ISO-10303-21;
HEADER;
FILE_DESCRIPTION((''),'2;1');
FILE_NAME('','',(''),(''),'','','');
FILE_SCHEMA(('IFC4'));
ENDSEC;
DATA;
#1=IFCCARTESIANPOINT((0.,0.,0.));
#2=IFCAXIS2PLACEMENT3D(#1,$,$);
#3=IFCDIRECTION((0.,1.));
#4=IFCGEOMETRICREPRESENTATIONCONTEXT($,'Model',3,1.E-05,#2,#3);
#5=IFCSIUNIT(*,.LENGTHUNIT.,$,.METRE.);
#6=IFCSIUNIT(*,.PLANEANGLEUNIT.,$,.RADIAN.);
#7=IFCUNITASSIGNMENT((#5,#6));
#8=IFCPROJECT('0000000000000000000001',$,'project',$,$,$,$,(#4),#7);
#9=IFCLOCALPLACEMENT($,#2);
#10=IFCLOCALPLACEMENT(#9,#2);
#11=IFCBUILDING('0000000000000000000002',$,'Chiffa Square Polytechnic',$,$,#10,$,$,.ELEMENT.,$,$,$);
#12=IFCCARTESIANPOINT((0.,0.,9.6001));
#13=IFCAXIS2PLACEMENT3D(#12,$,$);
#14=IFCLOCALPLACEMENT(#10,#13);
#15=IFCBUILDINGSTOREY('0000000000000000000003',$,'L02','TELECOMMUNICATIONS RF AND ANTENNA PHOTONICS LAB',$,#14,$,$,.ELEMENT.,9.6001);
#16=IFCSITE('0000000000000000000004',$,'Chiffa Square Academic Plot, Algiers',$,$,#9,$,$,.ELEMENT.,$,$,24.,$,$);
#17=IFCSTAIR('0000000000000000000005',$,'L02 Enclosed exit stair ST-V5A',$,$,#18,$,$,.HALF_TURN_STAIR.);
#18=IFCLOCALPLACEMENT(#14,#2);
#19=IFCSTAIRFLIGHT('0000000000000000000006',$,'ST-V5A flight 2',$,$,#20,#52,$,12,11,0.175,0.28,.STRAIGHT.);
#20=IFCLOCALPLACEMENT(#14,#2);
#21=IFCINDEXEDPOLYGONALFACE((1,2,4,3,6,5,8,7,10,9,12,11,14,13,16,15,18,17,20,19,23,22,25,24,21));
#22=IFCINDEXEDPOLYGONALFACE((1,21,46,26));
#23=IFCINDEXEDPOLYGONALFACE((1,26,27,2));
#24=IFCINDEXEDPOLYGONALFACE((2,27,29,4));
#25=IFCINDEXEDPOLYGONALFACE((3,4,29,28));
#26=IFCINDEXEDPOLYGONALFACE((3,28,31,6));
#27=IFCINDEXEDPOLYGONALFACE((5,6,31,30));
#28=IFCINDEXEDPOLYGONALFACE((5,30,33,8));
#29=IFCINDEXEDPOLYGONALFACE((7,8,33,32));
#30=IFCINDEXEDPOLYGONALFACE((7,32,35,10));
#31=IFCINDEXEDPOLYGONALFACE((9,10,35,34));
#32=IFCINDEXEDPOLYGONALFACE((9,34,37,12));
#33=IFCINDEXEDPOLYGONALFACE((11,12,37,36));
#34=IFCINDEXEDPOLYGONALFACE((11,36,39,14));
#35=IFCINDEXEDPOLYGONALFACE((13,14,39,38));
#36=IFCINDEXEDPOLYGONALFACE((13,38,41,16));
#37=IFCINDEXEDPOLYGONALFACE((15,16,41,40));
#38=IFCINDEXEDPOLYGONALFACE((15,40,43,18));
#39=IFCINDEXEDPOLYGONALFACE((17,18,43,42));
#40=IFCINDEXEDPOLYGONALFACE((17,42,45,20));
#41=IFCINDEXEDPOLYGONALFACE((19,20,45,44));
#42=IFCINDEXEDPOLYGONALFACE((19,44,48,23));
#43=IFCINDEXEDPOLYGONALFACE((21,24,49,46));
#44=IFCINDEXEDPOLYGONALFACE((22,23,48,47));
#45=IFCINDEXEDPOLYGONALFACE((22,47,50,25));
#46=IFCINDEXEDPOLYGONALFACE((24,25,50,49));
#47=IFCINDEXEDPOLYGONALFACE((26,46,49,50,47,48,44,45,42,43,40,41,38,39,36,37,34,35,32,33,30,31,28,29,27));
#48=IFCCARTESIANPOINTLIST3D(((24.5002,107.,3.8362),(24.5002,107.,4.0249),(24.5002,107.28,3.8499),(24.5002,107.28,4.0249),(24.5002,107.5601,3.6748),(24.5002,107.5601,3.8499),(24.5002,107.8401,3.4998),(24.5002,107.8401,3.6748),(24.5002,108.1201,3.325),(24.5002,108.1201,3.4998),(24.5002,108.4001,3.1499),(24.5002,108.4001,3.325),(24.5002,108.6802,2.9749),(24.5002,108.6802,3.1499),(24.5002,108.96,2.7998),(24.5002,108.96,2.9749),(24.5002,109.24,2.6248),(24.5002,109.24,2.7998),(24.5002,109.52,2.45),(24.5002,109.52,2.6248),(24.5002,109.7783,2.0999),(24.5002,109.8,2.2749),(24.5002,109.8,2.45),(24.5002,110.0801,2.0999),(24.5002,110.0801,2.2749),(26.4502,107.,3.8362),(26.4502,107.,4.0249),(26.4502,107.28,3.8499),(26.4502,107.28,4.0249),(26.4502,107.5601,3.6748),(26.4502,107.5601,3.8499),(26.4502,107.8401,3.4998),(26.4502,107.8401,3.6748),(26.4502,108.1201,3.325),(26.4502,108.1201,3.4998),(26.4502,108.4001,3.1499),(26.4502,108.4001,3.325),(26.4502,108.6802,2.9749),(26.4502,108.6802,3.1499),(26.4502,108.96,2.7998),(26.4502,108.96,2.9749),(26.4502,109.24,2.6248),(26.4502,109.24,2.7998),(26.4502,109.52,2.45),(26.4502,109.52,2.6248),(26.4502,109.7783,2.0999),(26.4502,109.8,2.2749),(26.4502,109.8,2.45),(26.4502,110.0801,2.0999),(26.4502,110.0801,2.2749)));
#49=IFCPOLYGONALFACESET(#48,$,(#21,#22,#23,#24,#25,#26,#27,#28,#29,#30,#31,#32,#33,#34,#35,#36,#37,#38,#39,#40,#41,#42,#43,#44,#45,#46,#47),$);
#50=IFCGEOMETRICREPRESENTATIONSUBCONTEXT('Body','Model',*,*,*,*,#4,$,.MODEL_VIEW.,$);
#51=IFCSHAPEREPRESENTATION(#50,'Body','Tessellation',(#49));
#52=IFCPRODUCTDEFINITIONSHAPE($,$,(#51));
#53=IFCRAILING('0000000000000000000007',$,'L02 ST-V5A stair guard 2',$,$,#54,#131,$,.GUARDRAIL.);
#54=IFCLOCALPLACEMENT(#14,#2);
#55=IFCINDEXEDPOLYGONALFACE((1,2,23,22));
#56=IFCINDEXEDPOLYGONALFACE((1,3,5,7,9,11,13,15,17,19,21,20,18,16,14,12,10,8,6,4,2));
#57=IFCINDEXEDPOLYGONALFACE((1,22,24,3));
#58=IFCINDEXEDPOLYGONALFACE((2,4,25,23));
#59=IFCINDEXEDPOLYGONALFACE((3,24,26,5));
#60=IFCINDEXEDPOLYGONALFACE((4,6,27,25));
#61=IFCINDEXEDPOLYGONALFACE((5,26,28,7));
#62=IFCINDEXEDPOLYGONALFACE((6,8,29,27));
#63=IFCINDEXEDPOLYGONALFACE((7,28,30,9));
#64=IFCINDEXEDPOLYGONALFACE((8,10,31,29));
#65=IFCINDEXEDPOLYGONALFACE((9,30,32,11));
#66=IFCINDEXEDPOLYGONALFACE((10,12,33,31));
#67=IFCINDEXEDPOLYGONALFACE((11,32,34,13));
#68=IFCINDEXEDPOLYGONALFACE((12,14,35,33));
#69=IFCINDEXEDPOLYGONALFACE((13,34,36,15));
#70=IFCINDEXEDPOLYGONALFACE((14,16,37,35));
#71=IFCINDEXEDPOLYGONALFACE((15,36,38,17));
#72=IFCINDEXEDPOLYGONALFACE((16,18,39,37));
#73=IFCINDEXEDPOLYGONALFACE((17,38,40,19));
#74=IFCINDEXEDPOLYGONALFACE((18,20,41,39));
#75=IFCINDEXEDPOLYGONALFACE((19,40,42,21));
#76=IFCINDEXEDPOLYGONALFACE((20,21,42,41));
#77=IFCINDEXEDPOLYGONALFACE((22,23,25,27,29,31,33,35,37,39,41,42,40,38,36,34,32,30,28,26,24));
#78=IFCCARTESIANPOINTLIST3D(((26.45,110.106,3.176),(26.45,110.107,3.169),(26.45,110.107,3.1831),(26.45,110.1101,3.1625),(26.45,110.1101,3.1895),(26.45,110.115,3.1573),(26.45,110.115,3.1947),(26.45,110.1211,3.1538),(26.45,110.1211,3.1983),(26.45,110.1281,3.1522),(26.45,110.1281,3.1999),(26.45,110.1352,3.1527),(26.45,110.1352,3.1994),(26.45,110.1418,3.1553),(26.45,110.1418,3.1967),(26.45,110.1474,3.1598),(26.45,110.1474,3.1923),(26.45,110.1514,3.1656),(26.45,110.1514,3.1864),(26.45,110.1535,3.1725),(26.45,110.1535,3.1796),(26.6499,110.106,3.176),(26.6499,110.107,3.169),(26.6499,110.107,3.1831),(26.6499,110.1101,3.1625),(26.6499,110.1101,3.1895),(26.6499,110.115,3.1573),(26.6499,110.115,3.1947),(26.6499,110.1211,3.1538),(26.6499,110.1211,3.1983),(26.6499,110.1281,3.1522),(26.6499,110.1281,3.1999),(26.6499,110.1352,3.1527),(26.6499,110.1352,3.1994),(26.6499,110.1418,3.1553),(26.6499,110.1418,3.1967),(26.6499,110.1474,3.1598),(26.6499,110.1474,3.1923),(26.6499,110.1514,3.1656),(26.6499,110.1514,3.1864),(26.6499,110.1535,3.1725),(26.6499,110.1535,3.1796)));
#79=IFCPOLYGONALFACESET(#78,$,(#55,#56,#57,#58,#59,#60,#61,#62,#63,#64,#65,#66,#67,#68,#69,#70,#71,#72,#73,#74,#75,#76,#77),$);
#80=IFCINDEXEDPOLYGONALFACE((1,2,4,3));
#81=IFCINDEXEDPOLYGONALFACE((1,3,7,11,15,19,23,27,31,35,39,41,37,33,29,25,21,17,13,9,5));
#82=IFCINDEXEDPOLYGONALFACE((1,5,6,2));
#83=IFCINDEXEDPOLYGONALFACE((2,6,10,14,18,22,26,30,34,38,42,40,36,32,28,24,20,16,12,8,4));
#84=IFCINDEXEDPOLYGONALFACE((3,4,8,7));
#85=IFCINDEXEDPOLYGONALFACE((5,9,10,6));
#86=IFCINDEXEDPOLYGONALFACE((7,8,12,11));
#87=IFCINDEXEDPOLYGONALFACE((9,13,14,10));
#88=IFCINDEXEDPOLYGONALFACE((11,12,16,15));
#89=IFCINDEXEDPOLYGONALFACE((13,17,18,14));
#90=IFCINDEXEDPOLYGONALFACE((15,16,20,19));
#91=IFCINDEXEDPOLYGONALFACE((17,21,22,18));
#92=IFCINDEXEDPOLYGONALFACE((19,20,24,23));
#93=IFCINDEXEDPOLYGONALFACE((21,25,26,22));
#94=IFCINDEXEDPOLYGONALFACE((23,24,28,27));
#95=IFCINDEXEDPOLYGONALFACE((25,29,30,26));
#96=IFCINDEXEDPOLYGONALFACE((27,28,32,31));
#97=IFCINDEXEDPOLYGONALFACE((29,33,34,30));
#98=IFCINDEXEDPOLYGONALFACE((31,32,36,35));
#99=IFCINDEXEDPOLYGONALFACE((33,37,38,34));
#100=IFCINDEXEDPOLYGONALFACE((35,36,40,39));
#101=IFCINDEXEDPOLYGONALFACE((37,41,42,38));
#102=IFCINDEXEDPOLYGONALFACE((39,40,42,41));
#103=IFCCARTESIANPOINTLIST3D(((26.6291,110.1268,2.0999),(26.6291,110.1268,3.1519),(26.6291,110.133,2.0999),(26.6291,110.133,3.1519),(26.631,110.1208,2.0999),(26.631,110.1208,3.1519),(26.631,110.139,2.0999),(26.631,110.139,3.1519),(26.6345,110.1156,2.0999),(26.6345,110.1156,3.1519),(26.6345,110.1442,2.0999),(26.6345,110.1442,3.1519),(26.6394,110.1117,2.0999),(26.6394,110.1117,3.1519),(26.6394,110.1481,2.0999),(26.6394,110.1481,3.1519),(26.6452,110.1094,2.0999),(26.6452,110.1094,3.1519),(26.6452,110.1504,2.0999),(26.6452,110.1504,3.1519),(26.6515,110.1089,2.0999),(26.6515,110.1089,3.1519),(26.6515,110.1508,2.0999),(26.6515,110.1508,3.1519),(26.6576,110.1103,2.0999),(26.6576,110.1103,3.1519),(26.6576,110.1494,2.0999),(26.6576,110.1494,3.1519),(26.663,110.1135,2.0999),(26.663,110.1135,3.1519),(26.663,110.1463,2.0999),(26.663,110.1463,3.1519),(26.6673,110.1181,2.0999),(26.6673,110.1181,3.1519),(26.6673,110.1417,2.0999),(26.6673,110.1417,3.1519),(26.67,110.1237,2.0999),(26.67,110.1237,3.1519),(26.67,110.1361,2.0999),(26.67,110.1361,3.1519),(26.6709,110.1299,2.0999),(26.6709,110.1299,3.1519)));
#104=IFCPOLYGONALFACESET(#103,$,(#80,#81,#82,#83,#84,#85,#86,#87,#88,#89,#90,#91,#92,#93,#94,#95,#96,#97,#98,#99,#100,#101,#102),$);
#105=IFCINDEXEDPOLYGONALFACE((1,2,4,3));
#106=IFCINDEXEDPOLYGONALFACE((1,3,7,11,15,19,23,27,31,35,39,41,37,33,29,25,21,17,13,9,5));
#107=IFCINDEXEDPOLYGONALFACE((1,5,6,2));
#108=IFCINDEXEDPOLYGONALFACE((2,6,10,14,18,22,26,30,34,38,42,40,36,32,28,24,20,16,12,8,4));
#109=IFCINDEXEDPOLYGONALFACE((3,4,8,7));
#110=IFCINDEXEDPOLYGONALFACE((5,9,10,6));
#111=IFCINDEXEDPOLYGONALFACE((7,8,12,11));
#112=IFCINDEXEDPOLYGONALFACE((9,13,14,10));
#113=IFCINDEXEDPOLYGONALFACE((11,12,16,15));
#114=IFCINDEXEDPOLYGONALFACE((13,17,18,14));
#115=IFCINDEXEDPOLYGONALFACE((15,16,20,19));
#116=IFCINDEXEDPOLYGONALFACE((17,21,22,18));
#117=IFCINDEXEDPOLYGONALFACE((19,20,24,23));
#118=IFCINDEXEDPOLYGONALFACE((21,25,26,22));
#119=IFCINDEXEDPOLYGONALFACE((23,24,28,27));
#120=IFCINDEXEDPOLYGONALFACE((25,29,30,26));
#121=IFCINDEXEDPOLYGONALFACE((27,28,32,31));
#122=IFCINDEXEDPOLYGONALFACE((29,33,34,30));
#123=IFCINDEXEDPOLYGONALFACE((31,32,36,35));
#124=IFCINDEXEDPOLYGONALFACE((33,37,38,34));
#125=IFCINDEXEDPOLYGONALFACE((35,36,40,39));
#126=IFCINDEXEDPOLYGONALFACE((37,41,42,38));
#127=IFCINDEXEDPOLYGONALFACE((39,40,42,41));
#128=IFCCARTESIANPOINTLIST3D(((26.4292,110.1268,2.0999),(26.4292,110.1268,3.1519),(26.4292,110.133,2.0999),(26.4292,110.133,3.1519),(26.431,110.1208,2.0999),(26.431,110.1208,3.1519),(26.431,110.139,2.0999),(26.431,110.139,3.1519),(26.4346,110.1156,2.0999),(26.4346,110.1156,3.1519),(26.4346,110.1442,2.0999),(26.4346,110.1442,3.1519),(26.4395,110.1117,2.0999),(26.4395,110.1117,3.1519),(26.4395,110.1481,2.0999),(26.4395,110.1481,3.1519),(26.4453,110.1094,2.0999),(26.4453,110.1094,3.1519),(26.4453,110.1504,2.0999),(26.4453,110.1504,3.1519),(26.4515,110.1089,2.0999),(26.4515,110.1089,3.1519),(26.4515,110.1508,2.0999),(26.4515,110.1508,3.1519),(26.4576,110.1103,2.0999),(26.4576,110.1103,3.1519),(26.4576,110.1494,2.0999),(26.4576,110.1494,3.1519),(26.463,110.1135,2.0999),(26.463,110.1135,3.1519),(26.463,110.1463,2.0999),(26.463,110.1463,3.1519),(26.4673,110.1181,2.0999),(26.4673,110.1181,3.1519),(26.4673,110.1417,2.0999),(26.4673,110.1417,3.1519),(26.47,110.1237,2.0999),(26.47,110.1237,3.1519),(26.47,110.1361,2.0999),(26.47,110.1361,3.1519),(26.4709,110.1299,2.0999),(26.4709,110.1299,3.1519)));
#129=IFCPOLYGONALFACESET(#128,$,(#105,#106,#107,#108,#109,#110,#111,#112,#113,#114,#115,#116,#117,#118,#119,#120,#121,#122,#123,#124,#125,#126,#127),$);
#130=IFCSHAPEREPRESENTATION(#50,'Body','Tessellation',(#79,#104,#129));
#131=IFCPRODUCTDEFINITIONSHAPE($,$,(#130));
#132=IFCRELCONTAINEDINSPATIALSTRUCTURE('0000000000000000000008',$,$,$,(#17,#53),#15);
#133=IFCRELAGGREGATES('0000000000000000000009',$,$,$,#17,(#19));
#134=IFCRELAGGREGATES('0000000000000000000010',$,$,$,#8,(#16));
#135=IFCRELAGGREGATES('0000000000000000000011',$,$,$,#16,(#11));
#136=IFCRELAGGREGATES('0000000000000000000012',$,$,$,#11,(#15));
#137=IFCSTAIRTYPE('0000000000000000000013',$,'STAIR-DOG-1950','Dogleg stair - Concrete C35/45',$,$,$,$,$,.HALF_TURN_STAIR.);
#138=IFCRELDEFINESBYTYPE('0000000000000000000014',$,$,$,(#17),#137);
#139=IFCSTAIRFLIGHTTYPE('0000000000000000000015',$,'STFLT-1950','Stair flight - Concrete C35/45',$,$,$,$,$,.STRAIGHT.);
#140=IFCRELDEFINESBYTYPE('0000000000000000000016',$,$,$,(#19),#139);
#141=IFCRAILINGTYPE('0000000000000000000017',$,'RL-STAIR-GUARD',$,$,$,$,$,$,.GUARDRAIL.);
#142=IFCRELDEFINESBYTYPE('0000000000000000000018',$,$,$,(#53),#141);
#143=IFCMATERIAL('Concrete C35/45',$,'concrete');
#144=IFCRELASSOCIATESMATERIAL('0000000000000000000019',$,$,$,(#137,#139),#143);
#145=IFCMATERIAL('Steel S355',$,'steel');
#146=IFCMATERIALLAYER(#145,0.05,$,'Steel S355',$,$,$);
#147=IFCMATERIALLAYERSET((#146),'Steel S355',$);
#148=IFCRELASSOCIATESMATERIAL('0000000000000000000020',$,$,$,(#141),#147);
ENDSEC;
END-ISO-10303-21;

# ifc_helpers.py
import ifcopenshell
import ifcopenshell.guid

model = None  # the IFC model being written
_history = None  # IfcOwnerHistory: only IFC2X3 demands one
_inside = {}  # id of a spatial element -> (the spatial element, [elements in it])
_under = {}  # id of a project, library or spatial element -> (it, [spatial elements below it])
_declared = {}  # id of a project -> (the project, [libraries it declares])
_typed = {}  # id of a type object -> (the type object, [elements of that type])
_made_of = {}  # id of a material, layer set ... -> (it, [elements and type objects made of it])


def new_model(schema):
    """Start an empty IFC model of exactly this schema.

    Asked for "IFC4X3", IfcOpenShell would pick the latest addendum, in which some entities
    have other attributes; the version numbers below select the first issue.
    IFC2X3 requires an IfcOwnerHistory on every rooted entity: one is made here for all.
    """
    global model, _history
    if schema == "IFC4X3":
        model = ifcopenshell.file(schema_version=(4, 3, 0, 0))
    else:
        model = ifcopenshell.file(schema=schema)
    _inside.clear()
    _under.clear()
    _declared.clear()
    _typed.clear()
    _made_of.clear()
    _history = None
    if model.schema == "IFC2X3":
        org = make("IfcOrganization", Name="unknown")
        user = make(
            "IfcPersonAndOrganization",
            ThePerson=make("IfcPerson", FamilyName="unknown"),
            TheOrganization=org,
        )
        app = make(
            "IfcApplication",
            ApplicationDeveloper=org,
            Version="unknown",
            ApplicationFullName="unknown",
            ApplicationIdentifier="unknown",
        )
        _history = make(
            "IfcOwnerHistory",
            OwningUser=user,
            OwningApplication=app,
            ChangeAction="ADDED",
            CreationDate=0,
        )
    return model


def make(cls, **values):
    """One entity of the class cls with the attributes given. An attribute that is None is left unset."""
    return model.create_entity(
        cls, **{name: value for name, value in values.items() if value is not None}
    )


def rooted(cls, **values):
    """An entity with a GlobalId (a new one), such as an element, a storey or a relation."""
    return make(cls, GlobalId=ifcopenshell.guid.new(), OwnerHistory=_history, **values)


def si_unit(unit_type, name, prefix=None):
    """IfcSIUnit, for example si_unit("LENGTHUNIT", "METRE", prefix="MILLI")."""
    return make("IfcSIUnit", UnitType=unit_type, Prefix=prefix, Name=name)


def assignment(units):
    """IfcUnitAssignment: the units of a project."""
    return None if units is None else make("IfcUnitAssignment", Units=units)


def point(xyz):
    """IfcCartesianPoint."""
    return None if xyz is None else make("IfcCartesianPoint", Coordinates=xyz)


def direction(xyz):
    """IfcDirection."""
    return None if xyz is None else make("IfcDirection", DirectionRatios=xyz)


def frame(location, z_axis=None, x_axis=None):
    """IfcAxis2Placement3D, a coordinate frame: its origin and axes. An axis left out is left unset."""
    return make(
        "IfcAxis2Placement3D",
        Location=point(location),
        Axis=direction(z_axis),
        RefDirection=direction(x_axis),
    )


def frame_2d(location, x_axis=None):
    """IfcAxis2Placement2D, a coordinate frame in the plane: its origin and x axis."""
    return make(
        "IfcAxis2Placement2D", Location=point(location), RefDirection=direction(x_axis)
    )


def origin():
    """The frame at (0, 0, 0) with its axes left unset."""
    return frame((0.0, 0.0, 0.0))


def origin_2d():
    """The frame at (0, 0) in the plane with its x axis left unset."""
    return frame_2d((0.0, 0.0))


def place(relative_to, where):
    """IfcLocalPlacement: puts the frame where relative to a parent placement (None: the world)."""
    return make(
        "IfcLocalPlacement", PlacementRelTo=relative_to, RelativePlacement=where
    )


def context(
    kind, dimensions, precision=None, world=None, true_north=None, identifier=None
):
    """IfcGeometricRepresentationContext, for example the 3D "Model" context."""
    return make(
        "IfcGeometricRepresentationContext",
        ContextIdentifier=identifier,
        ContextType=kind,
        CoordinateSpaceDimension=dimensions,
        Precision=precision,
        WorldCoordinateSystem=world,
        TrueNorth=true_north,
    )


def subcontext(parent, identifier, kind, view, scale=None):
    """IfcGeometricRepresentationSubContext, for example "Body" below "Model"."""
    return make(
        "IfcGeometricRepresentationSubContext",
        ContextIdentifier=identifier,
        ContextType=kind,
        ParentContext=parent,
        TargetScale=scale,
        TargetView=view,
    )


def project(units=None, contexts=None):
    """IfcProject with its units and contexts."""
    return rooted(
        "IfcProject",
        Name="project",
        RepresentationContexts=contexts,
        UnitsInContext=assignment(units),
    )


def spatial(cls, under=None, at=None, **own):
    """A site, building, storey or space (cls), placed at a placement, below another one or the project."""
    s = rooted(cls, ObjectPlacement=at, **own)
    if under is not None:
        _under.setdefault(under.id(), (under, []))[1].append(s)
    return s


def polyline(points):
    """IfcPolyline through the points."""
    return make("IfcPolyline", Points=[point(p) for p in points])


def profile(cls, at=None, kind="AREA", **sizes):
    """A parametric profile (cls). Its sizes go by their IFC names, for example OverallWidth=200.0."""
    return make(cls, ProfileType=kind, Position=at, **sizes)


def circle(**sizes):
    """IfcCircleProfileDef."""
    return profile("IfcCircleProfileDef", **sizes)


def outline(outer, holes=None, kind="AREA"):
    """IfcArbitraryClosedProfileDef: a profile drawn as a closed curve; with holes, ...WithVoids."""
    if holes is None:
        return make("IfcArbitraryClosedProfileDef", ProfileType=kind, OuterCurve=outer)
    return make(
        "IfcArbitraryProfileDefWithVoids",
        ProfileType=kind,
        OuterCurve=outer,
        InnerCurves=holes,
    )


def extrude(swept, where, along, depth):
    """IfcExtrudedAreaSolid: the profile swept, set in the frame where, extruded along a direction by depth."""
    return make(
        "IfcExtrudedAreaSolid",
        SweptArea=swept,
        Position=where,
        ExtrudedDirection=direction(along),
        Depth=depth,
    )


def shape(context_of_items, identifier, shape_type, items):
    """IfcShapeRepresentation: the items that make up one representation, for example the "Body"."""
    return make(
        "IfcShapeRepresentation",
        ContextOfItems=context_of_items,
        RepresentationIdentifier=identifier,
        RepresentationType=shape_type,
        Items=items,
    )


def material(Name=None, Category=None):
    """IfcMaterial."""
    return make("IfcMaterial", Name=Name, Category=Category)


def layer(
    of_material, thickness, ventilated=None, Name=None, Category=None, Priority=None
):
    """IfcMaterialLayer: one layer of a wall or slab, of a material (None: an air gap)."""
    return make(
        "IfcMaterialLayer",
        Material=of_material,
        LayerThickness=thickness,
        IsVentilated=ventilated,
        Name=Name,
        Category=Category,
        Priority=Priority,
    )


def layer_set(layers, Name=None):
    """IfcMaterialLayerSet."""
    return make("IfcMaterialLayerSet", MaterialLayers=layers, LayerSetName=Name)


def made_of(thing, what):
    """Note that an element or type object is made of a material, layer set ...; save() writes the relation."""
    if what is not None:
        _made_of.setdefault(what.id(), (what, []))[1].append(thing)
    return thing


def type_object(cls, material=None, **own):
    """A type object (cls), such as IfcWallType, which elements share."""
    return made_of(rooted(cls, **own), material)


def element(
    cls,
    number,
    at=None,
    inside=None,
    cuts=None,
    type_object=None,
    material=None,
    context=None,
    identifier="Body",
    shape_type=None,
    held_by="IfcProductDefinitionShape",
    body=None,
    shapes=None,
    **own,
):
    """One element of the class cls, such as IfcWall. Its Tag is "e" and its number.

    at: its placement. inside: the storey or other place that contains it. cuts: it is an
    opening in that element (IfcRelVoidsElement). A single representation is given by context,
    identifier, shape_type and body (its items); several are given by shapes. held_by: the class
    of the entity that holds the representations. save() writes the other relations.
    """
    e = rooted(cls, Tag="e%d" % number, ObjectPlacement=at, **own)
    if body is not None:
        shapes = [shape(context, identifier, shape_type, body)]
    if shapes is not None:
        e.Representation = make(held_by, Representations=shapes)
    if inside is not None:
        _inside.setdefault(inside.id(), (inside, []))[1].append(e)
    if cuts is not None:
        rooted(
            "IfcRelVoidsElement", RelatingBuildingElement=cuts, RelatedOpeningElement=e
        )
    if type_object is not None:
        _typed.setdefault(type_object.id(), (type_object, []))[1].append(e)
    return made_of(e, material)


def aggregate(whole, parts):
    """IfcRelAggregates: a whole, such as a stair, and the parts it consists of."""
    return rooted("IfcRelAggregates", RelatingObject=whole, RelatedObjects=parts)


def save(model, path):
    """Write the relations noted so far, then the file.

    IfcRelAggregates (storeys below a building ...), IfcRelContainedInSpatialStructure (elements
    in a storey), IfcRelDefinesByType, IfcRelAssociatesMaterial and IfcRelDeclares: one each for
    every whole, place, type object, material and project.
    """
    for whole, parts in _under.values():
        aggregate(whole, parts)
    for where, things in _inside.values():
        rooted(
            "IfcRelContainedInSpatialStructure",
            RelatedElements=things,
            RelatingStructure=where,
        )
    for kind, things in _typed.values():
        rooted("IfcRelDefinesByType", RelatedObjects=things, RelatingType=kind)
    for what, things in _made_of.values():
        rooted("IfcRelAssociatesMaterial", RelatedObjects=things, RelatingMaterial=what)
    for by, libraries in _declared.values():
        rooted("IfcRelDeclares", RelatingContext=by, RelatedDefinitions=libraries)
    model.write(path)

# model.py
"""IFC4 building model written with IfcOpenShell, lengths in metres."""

from ifc_helpers import new_model, si_unit, direction, frame, origin, origin_2d, place, context, subcontext, project, spatial, polyline, circle, outline, extrude, material, layer, layer_set, type_object, element, aggregate, save


model = new_model("IFC4")

# Units and contexts
model_context = context("Model", 3, precision=1e-05, world=origin(), true_north=direction((0.0, 1.0)))
body_context = subcontext(model_context, "Body", "Model", "MODEL_VIEW")
ifc_project = project(units=[si_unit("LENGTHUNIT", "METRE"), si_unit("PLANEANGLEUNIT", "RADIAN")], contexts=[model_context])

# Site, building, storey
site_placement = place(None, origin())
site = spatial("IfcSite", under=ifc_project, at=site_placement, Name="Chiffa Square Academic Plot, Algiers", CompositionType="ELEMENT", RefElevation=24.0)
building_placement = place(site_placement, origin())
building = spatial("IfcBuilding", under=site, at=building_placement, Name="Chiffa Square Polytechnic", CompositionType="ELEMENT")
storey_placement = place(building_placement, frame((0.0, 0.0, 9.6001)))
storey = spatial("IfcBuildingStorey", under=building, at=storey_placement, Name="L02", Description="TELECOMMUNICATIONS RF AND ANTENNA PHOTONICS LAB", CompositionType="ELEMENT", Elevation=9.6001)

# Shared definitions
ifc_material_1 = material(Name="Concrete C35/45", Category="concrete")

# Stair, stair flight
stair_type = type_object("IfcStairType", Name="STAIR-DOG-1950", Description="Dogleg stair - Concrete C35/45", PredefinedType="HALF_TURN_STAIR", material=ifc_material_1)
stair_placement = place(storey_placement, origin())
stair = element("IfcStair", 1, at=stair_placement, inside=storey, type_object=stair_type, Name="L02 Enclosed exit stair ST-V5A", PredefinedType="HALF_TURN_STAIR")
stair_flight_type = type_object("IfcStairFlightType", Name="STFLT-1950", Description="Stair flight - Concrete C35/45", PredefinedType="STRAIGHT", material=ifc_material_1)
stair_flight_placement = place(storey_placement, frame((25.4751, 110.0801, 2.0999), z_axis=(0.0, 0.0, 1.0), x_axis=(0.0, -1.0, 0.0)))
stair_flight = element("IfcStairFlight", 2, at=stair_flight_placement, type_object=stair_flight_type, Name="ST-V5A flight 2", NumberOfRisers=12, NumberOfTreads=11, PredefinedType="STRAIGHT", RiserHeight=0.175, TreadLength=0.28, context=body_context, shape_type="SweptSolid", body=[
    extrude(outline(polyline([(0.0, 0.0), (0.0, 0.175), (0.28, 0.175), (0.28, 0.3501), (0.5601, 0.3501), (0.5601, 0.5249), (0.8401, 0.5249), (0.8401, 0.7), (1.1201, 0.7), (1.1201, 0.875), (1.3999, 0.875), (1.3999, 1.05), (1.6799, 1.05), (1.6799, 1.2251), (1.96, 1.2251), (1.96, 1.3999), (2.24, 1.3999), (2.24, 1.575), (2.52, 1.575), (2.52, 1.75), (2.8, 1.75), (2.8, 1.925), (3.0801, 1.925), (3.0801, 2.1001), (3.0801, 1.7363), (0.3018, 0.0), (0.0, 0.0)])), frame((0.0, 0.9751, 0.0), z_axis=(0.0, -1.0, 0.0), x_axis=(1.0, 0.0, 0.0)), (0.0, 0.0, 1.0), 1.95),
])
aggregate(stair, [stair_flight])

# Railing
ifc_material_2 = material(Name="Steel S355", Category="steel")
ifc_layer_1 = layer(ifc_material_2, 0.05, Name="Steel S355")
ifc_layer_set_1 = layer_set([ifc_layer_1], Name="Steel S355")
railing_type = type_object("IfcRailingType", Name="RL-STAIR-GUARD", PredefinedType="GUARDRAIL", material=ifc_layer_set_1)
railing_1_placement = place(storey_placement, frame((26.6499, 110.1299, 2.0999)))
element("IfcRailing", 3, at=railing_1_placement, inside=storey, type_object=railing_type, Name="L02 ST-V5A stair guard 2", PredefinedType="GUARDRAIL", context=body_context, shape_type="SweptSolid", body=[
    extrude(circle(Radius=0.0239, at=origin_2d()), frame((0.0, 0.0, 1.0762), z_axis=(-1.0, 0.0, 0.0), x_axis=(0.0, -1.0, 0.0)), (0.0, 0.0, 1.0), 0.2),
    extrude(circle(Radius=0.021, at=origin_2d()), origin(), (0.0, 0.0, 1.0), 1.052),
    extrude(circle(Radius=0.021, at=origin_2d()), frame((-0.2, 0.0, 0.0)), (0.0, 0.0, 1.0), 1.052),
])

save(model, "model.ifc")
